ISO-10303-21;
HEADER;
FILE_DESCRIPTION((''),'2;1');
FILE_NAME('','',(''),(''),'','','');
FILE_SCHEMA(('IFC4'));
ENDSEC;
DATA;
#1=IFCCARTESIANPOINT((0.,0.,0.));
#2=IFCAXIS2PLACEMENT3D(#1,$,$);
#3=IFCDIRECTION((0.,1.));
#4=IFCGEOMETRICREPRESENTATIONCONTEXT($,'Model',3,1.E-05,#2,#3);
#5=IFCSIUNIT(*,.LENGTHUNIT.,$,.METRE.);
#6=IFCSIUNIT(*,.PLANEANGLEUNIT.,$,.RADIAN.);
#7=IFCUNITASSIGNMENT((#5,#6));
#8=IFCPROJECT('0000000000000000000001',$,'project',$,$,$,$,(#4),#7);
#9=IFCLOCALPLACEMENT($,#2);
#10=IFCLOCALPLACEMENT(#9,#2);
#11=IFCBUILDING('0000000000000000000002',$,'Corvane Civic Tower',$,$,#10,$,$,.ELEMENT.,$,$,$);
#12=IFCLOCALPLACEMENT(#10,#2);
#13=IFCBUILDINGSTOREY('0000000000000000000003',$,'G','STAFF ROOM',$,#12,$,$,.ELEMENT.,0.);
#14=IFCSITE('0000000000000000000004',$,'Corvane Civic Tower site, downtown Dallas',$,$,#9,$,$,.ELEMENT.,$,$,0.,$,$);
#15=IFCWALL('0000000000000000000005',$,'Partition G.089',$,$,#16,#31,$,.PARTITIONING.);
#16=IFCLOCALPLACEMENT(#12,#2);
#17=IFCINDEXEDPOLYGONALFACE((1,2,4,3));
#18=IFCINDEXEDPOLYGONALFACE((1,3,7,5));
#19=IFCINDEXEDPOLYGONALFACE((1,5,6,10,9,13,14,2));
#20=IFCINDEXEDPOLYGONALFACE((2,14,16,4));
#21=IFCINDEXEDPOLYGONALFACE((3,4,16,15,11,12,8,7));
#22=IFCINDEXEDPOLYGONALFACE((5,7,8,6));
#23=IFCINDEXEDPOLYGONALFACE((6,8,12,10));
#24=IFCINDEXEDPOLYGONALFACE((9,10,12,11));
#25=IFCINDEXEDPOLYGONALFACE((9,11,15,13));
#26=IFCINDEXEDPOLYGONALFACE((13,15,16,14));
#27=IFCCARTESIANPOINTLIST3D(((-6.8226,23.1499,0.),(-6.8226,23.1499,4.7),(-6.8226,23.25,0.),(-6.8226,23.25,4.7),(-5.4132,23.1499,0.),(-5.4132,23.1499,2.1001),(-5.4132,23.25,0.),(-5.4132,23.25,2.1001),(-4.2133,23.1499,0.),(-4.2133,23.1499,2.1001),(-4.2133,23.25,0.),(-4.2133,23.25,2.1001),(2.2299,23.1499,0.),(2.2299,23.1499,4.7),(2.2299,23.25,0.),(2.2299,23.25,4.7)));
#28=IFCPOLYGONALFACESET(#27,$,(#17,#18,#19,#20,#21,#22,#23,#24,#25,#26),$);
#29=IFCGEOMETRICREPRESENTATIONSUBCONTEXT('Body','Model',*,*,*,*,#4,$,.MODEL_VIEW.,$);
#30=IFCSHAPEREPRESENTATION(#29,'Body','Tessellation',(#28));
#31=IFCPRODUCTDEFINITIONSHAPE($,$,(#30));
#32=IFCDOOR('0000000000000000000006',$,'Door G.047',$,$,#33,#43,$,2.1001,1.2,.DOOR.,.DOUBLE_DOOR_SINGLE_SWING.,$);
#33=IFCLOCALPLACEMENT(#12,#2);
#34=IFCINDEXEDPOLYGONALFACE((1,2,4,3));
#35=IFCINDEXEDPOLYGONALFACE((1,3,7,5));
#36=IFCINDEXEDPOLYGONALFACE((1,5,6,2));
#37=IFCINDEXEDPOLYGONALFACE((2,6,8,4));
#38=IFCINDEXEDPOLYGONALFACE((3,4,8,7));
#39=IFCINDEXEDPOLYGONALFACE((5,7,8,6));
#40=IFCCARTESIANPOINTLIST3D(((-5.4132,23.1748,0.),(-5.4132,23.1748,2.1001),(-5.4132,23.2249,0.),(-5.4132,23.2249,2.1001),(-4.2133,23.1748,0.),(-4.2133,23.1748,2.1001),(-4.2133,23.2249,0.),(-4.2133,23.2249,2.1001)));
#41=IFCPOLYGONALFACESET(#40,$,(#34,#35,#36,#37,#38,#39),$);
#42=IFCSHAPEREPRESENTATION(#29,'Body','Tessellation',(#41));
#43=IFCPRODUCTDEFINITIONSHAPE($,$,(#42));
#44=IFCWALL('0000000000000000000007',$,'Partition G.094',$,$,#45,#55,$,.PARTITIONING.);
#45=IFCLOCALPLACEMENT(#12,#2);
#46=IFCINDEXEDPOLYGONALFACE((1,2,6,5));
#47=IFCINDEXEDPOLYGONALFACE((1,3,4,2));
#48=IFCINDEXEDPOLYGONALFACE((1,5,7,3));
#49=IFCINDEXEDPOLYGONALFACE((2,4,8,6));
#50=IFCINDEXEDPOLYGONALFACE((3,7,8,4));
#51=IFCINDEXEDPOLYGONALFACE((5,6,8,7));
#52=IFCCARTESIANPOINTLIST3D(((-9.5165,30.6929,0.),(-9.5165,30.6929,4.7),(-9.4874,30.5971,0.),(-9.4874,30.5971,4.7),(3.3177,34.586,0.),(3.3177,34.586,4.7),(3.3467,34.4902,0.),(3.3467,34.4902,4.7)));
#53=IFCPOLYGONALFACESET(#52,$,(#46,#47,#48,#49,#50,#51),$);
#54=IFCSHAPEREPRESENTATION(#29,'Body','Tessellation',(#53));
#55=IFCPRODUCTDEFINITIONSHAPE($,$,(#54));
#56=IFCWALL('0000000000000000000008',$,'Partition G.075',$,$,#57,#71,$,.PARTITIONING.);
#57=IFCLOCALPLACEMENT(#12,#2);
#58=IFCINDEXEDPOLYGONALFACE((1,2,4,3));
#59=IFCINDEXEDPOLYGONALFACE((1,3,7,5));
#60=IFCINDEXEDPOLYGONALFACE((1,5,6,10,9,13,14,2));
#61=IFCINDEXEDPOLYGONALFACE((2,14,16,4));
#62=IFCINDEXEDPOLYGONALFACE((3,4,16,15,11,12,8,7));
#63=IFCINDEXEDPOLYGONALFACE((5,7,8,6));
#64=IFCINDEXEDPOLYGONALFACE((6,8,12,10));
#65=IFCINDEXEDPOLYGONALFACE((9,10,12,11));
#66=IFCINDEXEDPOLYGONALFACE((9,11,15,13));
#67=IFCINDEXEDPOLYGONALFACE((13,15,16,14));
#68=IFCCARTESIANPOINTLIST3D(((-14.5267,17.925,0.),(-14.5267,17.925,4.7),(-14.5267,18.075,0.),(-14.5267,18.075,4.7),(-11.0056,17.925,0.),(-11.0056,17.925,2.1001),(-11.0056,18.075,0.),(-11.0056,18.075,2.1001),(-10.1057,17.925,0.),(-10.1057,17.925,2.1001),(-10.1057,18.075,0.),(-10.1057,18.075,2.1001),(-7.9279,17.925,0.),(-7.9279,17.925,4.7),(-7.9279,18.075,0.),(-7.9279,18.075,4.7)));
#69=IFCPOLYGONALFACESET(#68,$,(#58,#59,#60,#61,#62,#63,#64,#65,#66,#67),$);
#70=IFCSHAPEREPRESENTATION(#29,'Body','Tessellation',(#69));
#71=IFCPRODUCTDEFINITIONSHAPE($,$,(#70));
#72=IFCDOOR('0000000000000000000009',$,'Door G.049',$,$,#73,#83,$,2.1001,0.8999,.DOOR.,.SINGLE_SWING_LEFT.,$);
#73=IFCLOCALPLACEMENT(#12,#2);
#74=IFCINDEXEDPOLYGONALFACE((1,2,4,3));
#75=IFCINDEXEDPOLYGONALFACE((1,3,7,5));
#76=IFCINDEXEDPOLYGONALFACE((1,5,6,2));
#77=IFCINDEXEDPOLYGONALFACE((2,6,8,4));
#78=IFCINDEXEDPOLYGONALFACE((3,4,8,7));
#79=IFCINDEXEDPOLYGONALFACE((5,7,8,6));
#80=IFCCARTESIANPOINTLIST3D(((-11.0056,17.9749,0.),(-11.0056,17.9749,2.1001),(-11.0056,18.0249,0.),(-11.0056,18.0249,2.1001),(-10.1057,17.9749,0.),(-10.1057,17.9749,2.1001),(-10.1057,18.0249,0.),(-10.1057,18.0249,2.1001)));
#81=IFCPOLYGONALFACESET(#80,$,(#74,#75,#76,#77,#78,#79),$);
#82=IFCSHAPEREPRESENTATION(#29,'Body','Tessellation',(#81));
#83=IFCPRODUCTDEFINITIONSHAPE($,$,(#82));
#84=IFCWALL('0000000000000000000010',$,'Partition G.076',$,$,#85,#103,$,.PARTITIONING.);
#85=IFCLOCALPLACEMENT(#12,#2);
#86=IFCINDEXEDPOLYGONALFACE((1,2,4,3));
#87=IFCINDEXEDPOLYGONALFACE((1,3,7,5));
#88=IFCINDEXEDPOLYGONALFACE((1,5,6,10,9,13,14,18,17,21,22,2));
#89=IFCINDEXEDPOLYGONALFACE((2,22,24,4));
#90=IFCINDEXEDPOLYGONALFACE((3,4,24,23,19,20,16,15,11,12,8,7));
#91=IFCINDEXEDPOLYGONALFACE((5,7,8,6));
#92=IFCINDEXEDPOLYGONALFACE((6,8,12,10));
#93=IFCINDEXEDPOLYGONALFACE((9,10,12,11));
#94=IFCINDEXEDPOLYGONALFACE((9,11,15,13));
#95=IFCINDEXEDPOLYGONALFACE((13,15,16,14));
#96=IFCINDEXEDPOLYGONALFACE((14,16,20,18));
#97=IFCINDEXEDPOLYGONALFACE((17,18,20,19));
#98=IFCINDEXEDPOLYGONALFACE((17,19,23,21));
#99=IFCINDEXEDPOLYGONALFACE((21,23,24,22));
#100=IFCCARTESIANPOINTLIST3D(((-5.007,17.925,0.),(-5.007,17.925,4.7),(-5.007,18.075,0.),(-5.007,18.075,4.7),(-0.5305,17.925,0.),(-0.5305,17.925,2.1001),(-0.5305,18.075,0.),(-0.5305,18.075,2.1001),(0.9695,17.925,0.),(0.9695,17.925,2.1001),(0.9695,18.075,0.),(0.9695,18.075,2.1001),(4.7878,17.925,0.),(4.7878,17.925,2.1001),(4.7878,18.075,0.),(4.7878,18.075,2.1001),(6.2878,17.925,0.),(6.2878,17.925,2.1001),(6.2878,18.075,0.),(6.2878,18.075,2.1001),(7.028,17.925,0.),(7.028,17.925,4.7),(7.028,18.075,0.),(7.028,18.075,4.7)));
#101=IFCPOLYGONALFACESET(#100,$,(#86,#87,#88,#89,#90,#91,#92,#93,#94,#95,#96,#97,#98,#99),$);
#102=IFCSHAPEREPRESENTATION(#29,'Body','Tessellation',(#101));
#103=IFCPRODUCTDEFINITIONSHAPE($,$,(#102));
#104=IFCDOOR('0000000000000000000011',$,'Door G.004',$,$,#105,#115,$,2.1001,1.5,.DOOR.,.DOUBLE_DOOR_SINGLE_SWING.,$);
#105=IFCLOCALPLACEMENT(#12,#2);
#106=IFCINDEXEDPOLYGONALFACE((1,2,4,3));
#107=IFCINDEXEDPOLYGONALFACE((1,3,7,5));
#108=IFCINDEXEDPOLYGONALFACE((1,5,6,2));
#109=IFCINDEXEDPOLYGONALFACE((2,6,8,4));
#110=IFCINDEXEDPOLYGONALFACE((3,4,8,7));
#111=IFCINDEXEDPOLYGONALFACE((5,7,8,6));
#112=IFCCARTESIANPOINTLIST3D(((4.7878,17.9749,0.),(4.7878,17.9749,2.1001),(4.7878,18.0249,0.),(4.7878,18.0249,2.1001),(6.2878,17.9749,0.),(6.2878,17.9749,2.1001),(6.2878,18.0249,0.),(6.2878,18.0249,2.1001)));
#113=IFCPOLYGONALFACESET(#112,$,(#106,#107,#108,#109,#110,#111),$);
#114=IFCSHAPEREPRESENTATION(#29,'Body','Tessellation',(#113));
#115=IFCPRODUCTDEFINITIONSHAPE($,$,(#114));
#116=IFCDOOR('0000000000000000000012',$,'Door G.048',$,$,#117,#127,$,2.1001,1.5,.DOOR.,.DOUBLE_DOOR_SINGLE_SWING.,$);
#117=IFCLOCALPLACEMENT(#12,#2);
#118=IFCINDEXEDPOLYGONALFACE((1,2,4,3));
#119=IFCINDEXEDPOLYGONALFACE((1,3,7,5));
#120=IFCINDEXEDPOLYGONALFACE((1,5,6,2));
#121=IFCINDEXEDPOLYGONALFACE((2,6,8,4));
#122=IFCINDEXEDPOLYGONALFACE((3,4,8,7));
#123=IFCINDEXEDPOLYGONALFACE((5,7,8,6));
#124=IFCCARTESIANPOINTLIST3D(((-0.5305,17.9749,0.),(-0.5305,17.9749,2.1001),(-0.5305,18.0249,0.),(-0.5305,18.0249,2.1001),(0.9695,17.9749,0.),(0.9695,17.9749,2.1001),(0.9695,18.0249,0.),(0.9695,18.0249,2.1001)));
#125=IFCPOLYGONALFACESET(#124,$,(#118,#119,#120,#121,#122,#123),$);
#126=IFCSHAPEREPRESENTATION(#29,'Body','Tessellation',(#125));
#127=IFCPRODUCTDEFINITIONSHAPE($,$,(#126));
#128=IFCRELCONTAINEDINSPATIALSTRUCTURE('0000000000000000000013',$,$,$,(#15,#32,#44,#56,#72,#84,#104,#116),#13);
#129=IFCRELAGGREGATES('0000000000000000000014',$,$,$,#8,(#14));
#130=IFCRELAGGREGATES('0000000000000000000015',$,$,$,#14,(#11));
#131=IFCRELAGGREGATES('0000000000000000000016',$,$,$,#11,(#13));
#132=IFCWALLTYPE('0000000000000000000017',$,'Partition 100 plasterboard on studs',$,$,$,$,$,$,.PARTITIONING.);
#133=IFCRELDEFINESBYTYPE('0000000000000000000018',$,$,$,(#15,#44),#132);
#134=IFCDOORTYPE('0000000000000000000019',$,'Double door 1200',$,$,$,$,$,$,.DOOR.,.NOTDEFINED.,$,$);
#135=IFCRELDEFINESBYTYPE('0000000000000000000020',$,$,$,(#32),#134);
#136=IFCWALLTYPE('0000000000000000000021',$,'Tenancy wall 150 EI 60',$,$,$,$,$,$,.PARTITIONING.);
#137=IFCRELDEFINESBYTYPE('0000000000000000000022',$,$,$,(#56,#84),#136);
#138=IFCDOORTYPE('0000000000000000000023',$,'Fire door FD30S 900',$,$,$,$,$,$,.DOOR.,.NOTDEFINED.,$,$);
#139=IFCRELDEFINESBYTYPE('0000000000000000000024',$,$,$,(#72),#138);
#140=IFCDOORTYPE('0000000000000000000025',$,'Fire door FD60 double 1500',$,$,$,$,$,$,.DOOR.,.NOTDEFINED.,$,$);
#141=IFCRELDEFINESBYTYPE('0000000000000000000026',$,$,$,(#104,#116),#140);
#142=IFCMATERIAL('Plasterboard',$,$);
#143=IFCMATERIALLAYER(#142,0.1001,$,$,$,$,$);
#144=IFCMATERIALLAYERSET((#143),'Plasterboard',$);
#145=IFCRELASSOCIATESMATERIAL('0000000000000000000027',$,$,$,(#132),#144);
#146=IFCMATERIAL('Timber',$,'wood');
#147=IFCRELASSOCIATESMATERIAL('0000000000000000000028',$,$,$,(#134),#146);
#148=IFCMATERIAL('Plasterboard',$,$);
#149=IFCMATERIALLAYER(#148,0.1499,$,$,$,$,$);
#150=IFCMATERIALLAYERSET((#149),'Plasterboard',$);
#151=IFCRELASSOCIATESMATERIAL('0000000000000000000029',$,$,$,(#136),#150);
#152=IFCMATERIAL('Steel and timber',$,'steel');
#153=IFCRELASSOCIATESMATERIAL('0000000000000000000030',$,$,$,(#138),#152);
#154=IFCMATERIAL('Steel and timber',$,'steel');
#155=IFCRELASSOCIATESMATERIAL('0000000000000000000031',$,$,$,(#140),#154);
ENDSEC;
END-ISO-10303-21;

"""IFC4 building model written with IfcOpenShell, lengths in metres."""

from ifc_helpers import new_model, si_unit, direction, frame, frame_2d, origin, place, context, subcontext, project, spatial, rectangle, extrude, material, layer, layer_set, type_object, element, fill, save


model = new_model("IFC4")

# Units and contexts
model_context = context("Model", 3, precision=1e-05, world=origin(), true_north=direction((0.0, 1.0)))
body_context = subcontext(model_context, "Body", "Model", "MODEL_VIEW")
ifc_project = project(units=[si_unit("LENGTHUNIT", "METRE"), si_unit("PLANEANGLEUNIT", "RADIAN")], contexts=[model_context])

# Site, building, storey
site_placement = place(None, origin())
site = spatial("IfcSite", under=ifc_project, at=site_placement, Name="Corvane Civic Tower site, downtown Dallas", CompositionType="ELEMENT", RefElevation=0.0)
building_placement = place(site_placement, origin())
building = spatial("IfcBuilding", under=site, at=building_placement, Name="Corvane Civic Tower", CompositionType="ELEMENT")
storey_placement = place(building_placement, origin())
storey = spatial("IfcBuildingStorey", under=building, at=storey_placement, Name="G", Description="STAFF ROOM", CompositionType="ELEMENT", Elevation=0.0)

# Wall, opening, door
ifc_material_1 = material(Name="Plasterboard")
ifc_layer_1 = layer(ifc_material_1, 0.1001)
ifc_layer_set_1 = layer_set([ifc_layer_1], Name="Plasterboard")
wall_type_1 = type_object("IfcWallType", Name="Partition 100 plasterboard on studs", PredefinedType="PARTITIONING", material=ifc_layer_set_1)
wall_1_placement = place(storey_placement, frame((-6.8228, 23.2, 0.0), z_axis=(0.0, 0.0, 1.0), x_axis=(1.0, 0.0, 0.0)))
wall_1 = element("IfcWall", 1, at=wall_1_placement, inside=storey, type_object=wall_type_1, Name="Partition G.089", PredefinedType="PARTITIONING", context=body_context, shape_type="SweptSolid", body=[
    extrude(rectangle(XDim=9.0525, YDim=0.1001, at=frame_2d((4.5264, 0.0))), origin(), (0.0, 0.0, 1.0), 4.7),
])
opening_1_placement = place(wall_1_placement, frame((1.4094, 0.0, 0.0)))
opening_1 = element("IfcOpeningElement", 2, at=opening_1_placement, cuts=wall_1, PredefinedType="OPENING", context=body_context, shape_type="SweptSolid", body=[
    extrude(rectangle(XDim=1.2, YDim=2.1001, at=frame_2d((0.6001, 1.05))), frame((0.0, 0.0601, 0.0), z_axis=(0.0, -1.0, 0.0), x_axis=(1.0, 0.0, 0.0)), (0.0, 0.0, 1.0), 0.1201),
])
ifc_material_2 = material(Name="Timber", Category="wood")
door_type_1 = type_object("IfcDoorType", Name="Double door 1200", OperationType="NOTDEFINED", PredefinedType="DOOR", material=ifc_material_2)
door_1_placement = place(opening_1_placement, origin())
door_1 = element("IfcDoor", 3, at=door_1_placement, inside=storey, type_object=door_type_1, Name="Door G.047", OperationType="DOUBLE_DOOR_SINGLE_SWING", OverallHeight=2.1001, OverallWidth=1.2, PredefinedType="DOOR", context=body_context, shape_type="SweptSolid", body=[
    extrude(rectangle(XDim=1.2, YDim=2.1001, at=frame_2d((0.6001, 1.05))), frame((0.0, 0.0249, 0.0), z_axis=(0.0, -1.0, 0.0), x_axis=(1.0, 0.0, 0.0)), (0.0, 0.0, 1.0), 0.05),
])
fill(opening_1, door_1)

# Wall
wall_2_placement = place(storey_placement, frame((-9.502, 30.645, 0.0), z_axis=(0.0, 0.0, 1.0), x_axis=(0.956944, 0.290274, 0.0)))
element("IfcWall", 4, at=wall_2_placement, inside=storey, type_object=wall_type_1, Name="Partition G.094", PredefinedType="PARTITIONING", context=body_context, shape_type="SweptSolid", body=[
    extrude(rectangle(XDim=13.4116, YDim=0.1001, at=frame_2d((6.7058, 0.0))), origin(), (0.0, 0.0, 1.0), 4.7),
])

# Wall, opening, door
ifc_material_3 = material(Name="Plasterboard")
ifc_layer_2 = layer(ifc_material_3, 0.1499)
ifc_layer_set_2 = layer_set([ifc_layer_2], Name="Plasterboard")
wall_type_2 = type_object("IfcWallType", Name="Tenancy wall 150 EI 60", PredefinedType="PARTITIONING", material=ifc_layer_set_2)
wall_3_placement = place(storey_placement, frame((-14.5266, 18.0, 0.0), z_axis=(0.0, 0.0, 1.0), x_axis=(1.0, 0.0, 0.0)))
wall_3 = element("IfcWall", 5, at=wall_3_placement, inside=storey, type_object=wall_type_2, Name="Partition G.075", PredefinedType="PARTITIONING", context=body_context, shape_type="SweptSolid", body=[
    extrude(rectangle(XDim=6.5989, YDim=0.1499, at=frame_2d((3.2993, 0.0))), origin(), (0.0, 0.0, 1.0), 4.7),
])
opening_2_placement = place(wall_3_placement, frame((3.521, 0.0, 0.0)))
opening_2 = element("IfcOpeningElement", 6, at=opening_2_placement, cuts=wall_3, PredefinedType="OPENING", context=body_context, shape_type="SweptSolid", body=[
    extrude(rectangle(XDim=0.8999, YDim=2.1001, at=frame_2d((0.45, 1.05))), frame((0.0, 0.085, 0.0), z_axis=(0.0, -1.0, 0.0), x_axis=(1.0, 0.0, 0.0)), (0.0, 0.0, 1.0), 0.1699),
])
ifc_material_4 = material(Name="Steel and timber", Category="steel")
door_type_2 = type_object("IfcDoorType", Name="Fire door FD30S 900", OperationType="NOTDEFINED", PredefinedType="DOOR", material=ifc_material_4)
door_2_placement = place(opening_2_placement, origin())
door_2 = element("IfcDoor", 7, at=door_2_placement, inside=storey, type_object=door_type_2, Name="Door G.049", OperationType="SINGLE_SWING_LEFT", OverallHeight=2.1001, OverallWidth=0.8999, PredefinedType="DOOR", context=body_context, shape_type="SweptSolid", body=[
    extrude(rectangle(XDim=0.8999, YDim=2.1001, at=frame_2d((0.45, 1.05))), frame((0.0, 0.0249, 0.0), z_axis=(0.0, -1.0, 0.0), x_axis=(1.0, 0.0, 0.0)), (0.0, 0.0, 1.0), 0.05),
])
fill(opening_2, door_2)

# Wall, openings, doors
wall_4_placement = place(storey_placement, frame((-5.0071, 18.0, 0.0), z_axis=(0.0, 0.0, 1.0), x_axis=(1.0, 0.0, 0.0)))
wall_4 = element("IfcWall", 8, at=wall_4_placement, inside=storey, type_object=wall_type_2, Name="Partition G.076", PredefinedType="PARTITIONING", context=body_context, shape_type="SweptSolid", body=[
    extrude(rectangle(XDim=12.0349, YDim=0.1499, at=frame_2d((6.0176, 0.0))), origin(), (0.0, 0.0, 1.0), 4.7),
])
opening_3_placement = place(wall_4_placement, frame((9.7949, 0.0, 0.0)))
opening_3 = element("IfcOpeningElement", 9, at=opening_3_placement, cuts=wall_4, PredefinedType="OPENING", context=body_context, shape_type="SweptSolid", body=[
    extrude(rectangle(XDim=1.5, YDim=2.1001, at=frame_2d((0.75, 1.05))), frame((0.0, 0.085, 0.0), z_axis=(0.0, -1.0, 0.0), x_axis=(1.0, 0.0, 0.0)), (0.0, 0.0, 1.0), 0.1699),
])
opening_4_placement = place(wall_4_placement, frame((4.4766, 0.0, 0.0)))
opening_4 = element("IfcOpeningElement", 10, at=opening_4_placement, cuts=wall_4, PredefinedType="OPENING", context=body_context, shape_type="SweptSolid", body=[
    extrude(rectangle(XDim=1.5, YDim=2.1001, at=frame_2d((0.75, 1.05))), frame((0.0, 0.085, 0.0), z_axis=(0.0, -1.0, 0.0), x_axis=(1.0, 0.0, 0.0)), (0.0, 0.0, 1.0), 0.1699),
])
ifc_material_5 = material(Name="Steel and timber", Category="steel")
door_type_3 = type_object("IfcDoorType", Name="Fire door FD60 double 1500", OperationType="NOTDEFINED", PredefinedType="DOOR", material=ifc_material_5)
door_3_placement = place(opening_3_placement, origin())
door_3 = element("IfcDoor", 11, at=door_3_placement, inside=storey, type_object=door_type_3, Name="Door G.004", OperationType="DOUBLE_DOOR_SINGLE_SWING", OverallHeight=2.1001, OverallWidth=1.5, PredefinedType="DOOR", context=body_context, shape_type="SweptSolid", body=[
    extrude(rectangle(XDim=1.5, YDim=2.1001, at=frame_2d((0.75, 1.05))), frame((0.0, 0.0249, 0.0), z_axis=(0.0, -1.0, 0.0), x_axis=(1.0, 0.0, 0.0)), (0.0, 0.0, 1.0), 0.05),
])
fill(opening_3, door_3)
door_4_placement = place(opening_4_placement, origin())
door_4 = element("IfcDoor", 12, at=door_4_placement, inside=storey, type_object=door_type_3, Name="Door G.048", OperationType="DOUBLE_DOOR_SINGLE_SWING", OverallHeight=2.1001, OverallWidth=1.5, PredefinedType="DOOR", context=body_context, shape_type="SweptSolid", body=[
    extrude(rectangle(XDim=1.5, YDim=2.1001, at=frame_2d((0.75, 1.05))), frame((0.0, 0.0249, 0.0), z_axis=(0.0, -1.0, 0.0), x_axis=(1.0, 0.0, 0.0)), (0.0, 0.0, 1.0), 0.05),
])
fill(opening_4, door_4)

save(model, "model.ifc")
